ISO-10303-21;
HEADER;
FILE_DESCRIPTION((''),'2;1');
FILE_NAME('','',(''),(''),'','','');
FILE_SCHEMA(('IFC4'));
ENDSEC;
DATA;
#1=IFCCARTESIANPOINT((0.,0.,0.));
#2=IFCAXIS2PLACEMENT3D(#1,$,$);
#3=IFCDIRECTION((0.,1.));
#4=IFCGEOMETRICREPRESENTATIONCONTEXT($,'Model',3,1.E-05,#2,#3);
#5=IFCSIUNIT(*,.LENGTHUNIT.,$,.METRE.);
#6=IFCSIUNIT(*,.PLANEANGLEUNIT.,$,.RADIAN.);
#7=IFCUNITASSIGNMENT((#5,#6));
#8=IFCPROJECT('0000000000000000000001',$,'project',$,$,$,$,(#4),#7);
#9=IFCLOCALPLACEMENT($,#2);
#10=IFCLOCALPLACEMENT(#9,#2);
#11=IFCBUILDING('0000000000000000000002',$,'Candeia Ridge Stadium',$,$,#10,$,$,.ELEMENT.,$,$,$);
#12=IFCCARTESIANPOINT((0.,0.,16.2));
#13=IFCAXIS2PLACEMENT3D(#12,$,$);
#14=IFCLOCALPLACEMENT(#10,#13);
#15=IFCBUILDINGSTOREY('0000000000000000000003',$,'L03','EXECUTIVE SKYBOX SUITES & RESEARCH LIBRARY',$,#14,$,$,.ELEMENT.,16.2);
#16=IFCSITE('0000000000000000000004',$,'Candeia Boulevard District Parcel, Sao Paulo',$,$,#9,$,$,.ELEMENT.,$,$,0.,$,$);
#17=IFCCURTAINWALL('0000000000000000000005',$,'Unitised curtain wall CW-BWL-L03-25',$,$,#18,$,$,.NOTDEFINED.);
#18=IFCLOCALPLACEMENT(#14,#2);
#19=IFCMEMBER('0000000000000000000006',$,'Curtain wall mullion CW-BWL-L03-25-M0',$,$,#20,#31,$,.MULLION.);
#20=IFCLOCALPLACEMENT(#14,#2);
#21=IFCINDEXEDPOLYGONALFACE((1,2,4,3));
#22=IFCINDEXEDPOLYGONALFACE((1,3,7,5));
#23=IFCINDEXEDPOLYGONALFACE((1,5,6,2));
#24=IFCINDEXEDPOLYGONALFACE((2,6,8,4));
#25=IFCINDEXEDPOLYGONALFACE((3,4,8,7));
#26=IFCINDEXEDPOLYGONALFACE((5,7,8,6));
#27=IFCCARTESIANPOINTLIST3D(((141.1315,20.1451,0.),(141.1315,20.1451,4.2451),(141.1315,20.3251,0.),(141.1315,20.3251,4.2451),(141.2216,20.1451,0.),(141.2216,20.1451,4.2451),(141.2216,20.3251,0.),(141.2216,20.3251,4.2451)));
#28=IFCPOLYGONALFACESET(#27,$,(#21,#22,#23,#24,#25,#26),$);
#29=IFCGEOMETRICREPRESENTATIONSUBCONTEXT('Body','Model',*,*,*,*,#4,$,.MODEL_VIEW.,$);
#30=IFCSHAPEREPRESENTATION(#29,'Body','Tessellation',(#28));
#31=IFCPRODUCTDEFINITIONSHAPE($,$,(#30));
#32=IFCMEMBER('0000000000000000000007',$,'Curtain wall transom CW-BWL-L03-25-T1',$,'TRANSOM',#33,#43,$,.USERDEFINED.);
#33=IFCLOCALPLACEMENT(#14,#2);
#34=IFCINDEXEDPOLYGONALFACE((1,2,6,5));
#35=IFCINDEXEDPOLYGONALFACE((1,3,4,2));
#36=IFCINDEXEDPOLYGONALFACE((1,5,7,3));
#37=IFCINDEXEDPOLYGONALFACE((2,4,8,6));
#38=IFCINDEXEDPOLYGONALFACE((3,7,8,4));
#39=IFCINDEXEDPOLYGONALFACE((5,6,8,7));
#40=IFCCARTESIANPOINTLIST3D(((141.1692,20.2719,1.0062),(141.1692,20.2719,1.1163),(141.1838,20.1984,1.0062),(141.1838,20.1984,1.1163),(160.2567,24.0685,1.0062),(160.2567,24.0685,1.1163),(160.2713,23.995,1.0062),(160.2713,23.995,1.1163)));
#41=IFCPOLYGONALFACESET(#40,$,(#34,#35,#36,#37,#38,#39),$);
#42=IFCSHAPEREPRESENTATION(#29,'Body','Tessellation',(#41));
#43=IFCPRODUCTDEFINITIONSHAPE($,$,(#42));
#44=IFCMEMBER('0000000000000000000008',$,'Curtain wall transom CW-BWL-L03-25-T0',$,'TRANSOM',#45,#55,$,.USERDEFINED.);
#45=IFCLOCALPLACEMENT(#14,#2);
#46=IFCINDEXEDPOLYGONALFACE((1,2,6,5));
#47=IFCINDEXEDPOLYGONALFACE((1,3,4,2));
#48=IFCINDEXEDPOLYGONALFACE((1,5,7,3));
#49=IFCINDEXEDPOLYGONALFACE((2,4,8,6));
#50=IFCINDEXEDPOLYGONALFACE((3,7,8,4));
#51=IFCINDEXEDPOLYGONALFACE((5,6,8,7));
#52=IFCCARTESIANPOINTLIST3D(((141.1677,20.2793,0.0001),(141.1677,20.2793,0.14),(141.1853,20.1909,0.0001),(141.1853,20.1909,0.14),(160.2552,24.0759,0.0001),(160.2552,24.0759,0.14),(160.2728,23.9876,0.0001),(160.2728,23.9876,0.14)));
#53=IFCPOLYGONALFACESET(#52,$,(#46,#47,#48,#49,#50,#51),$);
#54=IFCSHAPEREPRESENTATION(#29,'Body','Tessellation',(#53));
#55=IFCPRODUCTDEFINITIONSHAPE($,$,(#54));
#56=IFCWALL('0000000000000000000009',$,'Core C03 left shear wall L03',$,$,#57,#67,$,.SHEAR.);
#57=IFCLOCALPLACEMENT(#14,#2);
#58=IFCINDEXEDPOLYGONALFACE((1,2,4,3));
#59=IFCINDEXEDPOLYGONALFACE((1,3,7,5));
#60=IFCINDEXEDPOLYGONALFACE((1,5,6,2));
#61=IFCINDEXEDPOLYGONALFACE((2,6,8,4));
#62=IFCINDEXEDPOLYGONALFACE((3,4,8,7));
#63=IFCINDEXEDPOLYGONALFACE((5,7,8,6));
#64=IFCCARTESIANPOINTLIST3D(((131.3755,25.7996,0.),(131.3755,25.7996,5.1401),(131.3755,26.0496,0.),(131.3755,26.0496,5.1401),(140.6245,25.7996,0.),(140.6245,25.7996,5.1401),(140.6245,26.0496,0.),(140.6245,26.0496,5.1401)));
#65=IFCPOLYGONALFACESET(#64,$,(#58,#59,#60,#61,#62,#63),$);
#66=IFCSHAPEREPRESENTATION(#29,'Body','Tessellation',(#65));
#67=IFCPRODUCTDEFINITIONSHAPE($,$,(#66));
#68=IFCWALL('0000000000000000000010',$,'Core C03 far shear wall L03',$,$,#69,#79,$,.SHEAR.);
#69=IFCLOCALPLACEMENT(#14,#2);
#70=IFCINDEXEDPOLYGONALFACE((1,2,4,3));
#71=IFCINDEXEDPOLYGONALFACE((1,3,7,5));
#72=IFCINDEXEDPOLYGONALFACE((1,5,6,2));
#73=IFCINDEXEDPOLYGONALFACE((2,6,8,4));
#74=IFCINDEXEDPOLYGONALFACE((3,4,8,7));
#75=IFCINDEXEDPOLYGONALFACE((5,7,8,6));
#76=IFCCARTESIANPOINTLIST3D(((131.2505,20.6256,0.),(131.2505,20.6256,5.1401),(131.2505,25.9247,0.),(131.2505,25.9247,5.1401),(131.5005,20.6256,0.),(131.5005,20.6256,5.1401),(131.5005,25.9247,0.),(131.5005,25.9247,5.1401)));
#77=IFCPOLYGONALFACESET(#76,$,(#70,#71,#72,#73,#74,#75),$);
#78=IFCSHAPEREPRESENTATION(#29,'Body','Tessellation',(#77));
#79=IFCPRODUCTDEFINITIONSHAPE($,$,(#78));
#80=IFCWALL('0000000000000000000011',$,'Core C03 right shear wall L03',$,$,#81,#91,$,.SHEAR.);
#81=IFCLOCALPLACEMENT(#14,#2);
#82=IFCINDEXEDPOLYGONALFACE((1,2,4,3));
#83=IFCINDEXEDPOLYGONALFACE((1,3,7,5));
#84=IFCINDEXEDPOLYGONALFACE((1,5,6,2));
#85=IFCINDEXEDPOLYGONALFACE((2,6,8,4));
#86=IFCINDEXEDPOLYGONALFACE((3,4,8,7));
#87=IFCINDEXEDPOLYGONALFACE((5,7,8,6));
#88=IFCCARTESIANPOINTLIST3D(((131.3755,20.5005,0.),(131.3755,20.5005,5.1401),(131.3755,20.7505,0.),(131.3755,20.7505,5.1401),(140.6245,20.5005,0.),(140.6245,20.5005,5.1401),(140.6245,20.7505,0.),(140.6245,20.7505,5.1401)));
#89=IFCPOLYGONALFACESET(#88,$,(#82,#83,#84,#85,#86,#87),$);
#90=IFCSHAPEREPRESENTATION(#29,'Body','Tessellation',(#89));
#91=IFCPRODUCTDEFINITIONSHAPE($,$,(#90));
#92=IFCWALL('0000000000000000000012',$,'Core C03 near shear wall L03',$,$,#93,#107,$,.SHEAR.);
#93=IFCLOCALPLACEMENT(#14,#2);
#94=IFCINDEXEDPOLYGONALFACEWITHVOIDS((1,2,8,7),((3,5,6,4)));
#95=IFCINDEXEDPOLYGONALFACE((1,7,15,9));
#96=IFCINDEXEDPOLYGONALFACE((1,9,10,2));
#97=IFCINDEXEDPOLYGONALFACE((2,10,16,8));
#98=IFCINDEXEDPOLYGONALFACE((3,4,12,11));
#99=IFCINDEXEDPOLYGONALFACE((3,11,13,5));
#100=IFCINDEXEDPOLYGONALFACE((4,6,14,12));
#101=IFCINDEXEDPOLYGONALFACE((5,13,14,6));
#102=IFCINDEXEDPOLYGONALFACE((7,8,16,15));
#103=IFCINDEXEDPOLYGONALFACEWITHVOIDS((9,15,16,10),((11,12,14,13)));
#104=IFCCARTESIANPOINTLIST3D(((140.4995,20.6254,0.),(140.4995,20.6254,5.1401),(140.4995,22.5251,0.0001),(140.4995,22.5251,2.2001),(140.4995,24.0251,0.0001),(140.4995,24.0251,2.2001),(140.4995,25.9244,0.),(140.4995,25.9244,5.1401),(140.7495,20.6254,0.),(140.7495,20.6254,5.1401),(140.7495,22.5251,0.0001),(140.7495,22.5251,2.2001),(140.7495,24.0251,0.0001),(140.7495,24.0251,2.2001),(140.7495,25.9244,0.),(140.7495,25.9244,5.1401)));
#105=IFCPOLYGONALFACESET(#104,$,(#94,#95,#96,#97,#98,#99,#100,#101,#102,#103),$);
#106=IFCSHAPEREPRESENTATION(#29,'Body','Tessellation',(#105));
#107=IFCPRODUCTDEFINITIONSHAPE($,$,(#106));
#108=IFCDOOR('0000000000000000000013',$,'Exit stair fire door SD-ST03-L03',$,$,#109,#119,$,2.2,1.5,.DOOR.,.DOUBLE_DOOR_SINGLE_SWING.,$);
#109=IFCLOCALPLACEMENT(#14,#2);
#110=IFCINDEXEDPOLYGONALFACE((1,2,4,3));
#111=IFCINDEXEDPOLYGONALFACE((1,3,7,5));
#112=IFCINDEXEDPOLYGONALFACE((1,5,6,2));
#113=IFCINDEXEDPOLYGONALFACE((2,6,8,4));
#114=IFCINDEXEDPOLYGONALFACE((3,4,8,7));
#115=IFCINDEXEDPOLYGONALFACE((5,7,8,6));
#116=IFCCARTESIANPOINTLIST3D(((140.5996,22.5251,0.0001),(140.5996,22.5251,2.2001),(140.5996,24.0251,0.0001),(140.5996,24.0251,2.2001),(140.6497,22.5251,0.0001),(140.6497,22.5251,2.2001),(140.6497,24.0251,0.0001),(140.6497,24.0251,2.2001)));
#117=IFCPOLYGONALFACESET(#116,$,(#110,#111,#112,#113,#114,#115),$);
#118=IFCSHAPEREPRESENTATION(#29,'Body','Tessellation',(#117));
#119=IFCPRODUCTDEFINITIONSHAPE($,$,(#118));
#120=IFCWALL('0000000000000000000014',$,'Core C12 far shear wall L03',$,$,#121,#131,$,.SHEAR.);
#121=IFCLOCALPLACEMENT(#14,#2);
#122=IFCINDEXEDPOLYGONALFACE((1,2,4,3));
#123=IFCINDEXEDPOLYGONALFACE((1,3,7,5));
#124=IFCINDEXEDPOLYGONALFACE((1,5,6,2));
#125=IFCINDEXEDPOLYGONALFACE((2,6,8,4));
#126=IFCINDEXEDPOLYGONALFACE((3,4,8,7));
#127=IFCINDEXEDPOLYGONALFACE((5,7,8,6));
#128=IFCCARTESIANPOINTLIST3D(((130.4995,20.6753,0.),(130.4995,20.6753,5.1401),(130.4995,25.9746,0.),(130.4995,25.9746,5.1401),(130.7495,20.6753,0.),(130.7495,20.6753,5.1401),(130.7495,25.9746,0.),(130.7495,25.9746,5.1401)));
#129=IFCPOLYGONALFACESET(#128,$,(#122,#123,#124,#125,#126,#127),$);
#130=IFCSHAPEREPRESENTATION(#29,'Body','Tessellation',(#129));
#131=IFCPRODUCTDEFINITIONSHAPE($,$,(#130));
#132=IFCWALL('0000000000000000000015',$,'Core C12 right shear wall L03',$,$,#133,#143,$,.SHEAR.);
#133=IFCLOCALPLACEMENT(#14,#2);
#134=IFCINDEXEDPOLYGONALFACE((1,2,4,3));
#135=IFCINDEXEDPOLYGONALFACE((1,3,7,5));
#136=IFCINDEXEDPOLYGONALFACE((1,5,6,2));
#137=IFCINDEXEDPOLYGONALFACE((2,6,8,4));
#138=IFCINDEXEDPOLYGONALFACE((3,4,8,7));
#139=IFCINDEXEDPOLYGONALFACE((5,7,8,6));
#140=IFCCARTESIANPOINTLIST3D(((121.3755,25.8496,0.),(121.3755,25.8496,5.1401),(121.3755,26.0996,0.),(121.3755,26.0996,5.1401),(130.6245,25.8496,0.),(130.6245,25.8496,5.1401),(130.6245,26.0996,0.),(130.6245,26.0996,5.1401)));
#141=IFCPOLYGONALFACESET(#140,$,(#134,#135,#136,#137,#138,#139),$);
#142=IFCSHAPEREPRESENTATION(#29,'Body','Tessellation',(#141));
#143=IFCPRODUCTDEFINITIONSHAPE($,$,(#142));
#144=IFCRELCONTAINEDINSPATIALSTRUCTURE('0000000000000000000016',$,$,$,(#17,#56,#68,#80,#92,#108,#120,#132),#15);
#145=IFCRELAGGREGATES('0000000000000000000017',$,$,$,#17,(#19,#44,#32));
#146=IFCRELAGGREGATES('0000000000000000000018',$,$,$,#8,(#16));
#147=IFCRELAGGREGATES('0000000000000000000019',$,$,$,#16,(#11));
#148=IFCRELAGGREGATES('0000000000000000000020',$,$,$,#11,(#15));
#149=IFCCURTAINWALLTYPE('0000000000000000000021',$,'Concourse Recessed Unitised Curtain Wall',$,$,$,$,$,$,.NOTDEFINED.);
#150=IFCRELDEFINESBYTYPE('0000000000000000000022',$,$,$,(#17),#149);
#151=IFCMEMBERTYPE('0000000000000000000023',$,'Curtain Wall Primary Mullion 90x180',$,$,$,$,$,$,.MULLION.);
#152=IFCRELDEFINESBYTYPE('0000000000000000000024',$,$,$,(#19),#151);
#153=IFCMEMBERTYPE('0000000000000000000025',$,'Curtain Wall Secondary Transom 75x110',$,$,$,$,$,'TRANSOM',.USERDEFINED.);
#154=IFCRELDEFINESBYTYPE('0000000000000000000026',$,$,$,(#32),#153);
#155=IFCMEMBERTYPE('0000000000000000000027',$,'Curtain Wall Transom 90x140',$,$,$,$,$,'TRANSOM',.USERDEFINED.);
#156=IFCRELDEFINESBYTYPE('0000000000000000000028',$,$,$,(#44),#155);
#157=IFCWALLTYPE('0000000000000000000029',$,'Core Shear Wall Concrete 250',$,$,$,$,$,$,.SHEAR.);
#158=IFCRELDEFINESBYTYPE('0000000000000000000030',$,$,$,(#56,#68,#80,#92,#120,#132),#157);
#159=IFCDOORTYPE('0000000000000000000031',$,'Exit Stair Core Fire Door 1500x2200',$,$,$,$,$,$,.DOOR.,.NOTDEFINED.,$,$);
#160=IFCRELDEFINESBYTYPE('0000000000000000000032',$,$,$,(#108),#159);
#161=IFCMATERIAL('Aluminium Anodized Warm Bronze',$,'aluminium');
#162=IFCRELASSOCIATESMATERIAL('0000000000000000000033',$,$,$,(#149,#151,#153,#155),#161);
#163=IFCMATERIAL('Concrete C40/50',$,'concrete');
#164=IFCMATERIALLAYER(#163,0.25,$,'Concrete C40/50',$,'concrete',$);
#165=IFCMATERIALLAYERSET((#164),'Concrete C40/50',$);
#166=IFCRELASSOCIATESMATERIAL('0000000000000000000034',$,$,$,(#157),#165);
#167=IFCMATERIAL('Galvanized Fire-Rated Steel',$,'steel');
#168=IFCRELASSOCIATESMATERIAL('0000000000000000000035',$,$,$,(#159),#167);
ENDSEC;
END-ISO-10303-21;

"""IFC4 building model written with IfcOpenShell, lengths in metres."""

from ifc_helpers import new_model, si_unit, direction, frame, frame_2d, origin, origin_2d, place, context, subcontext, project, spatial, rectangle, extrude, material, layer, layer_set, material_profile, profile_set, type_object, element, fill, aggregate, save


model = new_model("IFC4")

# Units and contexts
model_context = context("Model", 3, precision=1e-05, world=origin(), true_north=direction((0.0, 1.0)))
body_context = subcontext(model_context, "Body", "Model", "MODEL_VIEW")
ifc_project = project(units=[si_unit("LENGTHUNIT", "METRE"), si_unit("PLANEANGLEUNIT", "RADIAN")], contexts=[model_context])

# Site, building, storey
site_placement = place(None, origin())
site = spatial("IfcSite", under=ifc_project, at=site_placement, Name="Candeia Boulevard District Parcel, Sao Paulo", CompositionType="ELEMENT", RefElevation=0.0)
building_placement = place(site_placement, origin())
building = spatial("IfcBuilding", under=site, at=building_placement, Name="Candeia Ridge Stadium", CompositionType="ELEMENT")
storey_placement = place(building_placement, frame((0.0, 0.0, 16.2)))
storey = spatial("IfcBuildingStorey", under=building, at=storey_placement, Name="L03", Description="EXECUTIVE SKYBOX SUITES & RESEARCH LIBRARY", CompositionType="ELEMENT", Elevation=16.2)

# Curtain wall, members
ifc_material_1 = material(Name="Aluminium Anodized Warm Bronze", Category="aluminium")
curtain_wall_type = type_object("IfcCurtainWallType", Name="Concourse Recessed Unitised Curtain Wall", PredefinedType="NOTDEFINED", material=ifc_material_1)
curtain_wall_placement = place(storey_placement, origin())
curtain_wall = element("IfcCurtainWall", 1, at=curtain_wall_placement, inside=storey, type_object=curtain_wall_type, Name="Unitised curtain wall CW-BWL-L03-25", PredefinedType="NOTDEFINED")
ifc_material_profile_1 = material_profile(ifc_material_1, rectangle(XDim=0.0901, YDim=0.1799, at=origin_2d()), Name="CWM-90x180", Category="aluminium")
ifc_profile_set_1 = profile_set([ifc_material_profile_1], Name="Aluminium Anodized Warm Bronze")
member_type_1 = type_object("IfcMemberType", Name="Curtain Wall Primary Mullion 90x180", PredefinedType="MULLION", material=ifc_profile_set_1)
member_1_placement = place(storey_placement, frame((141.1765, 20.2351, 0.0), z_axis=(0.0, 0.0, 1.0), x_axis=(1.0, 0.0, 0.0)))
member_1 = element("IfcMember", 2, at=member_1_placement, type_object=member_type_1, Name="Curtain wall mullion CW-BWL-L03-25-M0", PredefinedType="MULLION", context=body_context, shape_type="SweptSolid", body=[
    extrude(rectangle(XDim=0.0901, YDim=0.1799, at=origin_2d()), origin(), (0.0, 0.0, 1.0), 4.2451),
])
ifc_material_profile_2 = material_profile(ifc_material_1, rectangle(XDim=0.075, YDim=0.1101, at=origin_2d()), Name="CWT-75x110", Category="aluminium")
ifc_profile_set_2 = profile_set([ifc_material_profile_2], Name="Aluminium Anodized Warm Bronze")
member_type_2 = type_object("IfcMemberType", Name="Curtain Wall Secondary Transom 75x110", ElementType="TRANSOM", PredefinedType="USERDEFINED", material=ifc_profile_set_2)
member_2_placement = place(storey_placement, frame((141.1765, 20.2351, 1.0613), z_axis=(0.980786, 0.195086, 0.0), x_axis=(-0.195086, 0.980786, 0.0)))
member_2 = element("IfcMember", 3, at=member_2_placement, type_object=member_type_2, Name="Curtain wall transom CW-BWL-L03-25-T1", ObjectType="TRANSOM", PredefinedType="USERDEFINED", context=body_context, shape_type="SweptSolid", body=[
    extrude(rectangle(XDim=0.075, YDim=0.1101, at=origin_2d()), origin(), (0.0, 0.0, 1.0), 19.4614),
])
ifc_material_profile_3 = material_profile(ifc_material_1, rectangle(XDim=0.0901, YDim=0.1399, at=origin_2d()), Name="CWT-90x140", Category="aluminium")
ifc_profile_set_3 = profile_set([ifc_material_profile_3], Name="Aluminium Anodized Warm Bronze")
member_type_3 = type_object("IfcMemberType", Name="Curtain Wall Transom 90x140", ElementType="TRANSOM", PredefinedType="USERDEFINED", material=ifc_profile_set_3)
member_3_placement = place(storey_placement, frame((141.1765, 20.2351, 0.0701), z_axis=(0.980786, 0.195086, 0.0), x_axis=(-0.195086, 0.980786, 0.0)))
member_3 = element("IfcMember", 4, at=member_3_placement, type_object=member_type_3, Name="Curtain wall transom CW-BWL-L03-25-T0", ObjectType="TRANSOM", PredefinedType="USERDEFINED", context=body_context, shape_type="SweptSolid", body=[
    extrude(rectangle(XDim=0.0901, YDim=0.1399, at=origin_2d()), origin(), (0.0, 0.0, 1.0), 19.4614),
])
aggregate(curtain_wall, [member_1, member_3, member_2])

# Walls
ifc_material_2 = material(Name="Concrete C40/50", Category="concrete")
ifc_layer_1 = layer(ifc_material_2, 0.25, Name="Concrete C40/50", Category="concrete")
ifc_layer_set_1 = layer_set([ifc_layer_1], Name="Concrete C40/50")
wall_type = type_object("IfcWallType", Name="Core Shear Wall Concrete 250", PredefinedType="SHEAR", material=ifc_layer_set_1)
wall_1_placement = place(storey_placement, frame((140.6245, 25.9246, 0.0), z_axis=(0.0, 0.0, 1.0), x_axis=(-1.0, 0.0, 0.0)))
element("IfcWall", 5, at=wall_1_placement, inside=storey, type_object=wall_type, Name="Core C03 left shear wall L03", PredefinedType="SHEAR", context=body_context, shape_type="SweptSolid", body=[
    extrude(rectangle(XDim=9.249, YDim=0.25, at=frame_2d((4.6245, 0.0))), origin(), (0.0, 0.0, 1.0), 5.1401),
])
wall_2_placement = place(storey_placement, frame((131.3755, 25.9246, 0.0), z_axis=(0.0, 0.0, 1.0), x_axis=(0.0, -1.0, 0.0)))
element("IfcWall", 6, at=wall_2_placement, inside=storey, type_object=wall_type, Name="Core C03 far shear wall L03", PredefinedType="SHEAR", context=body_context, shape_type="SweptSolid", body=[
    extrude(rectangle(XDim=5.2991, YDim=0.25, at=frame_2d((2.6494, 0.0))), origin(), (0.0, 0.0, 1.0), 5.1401),
])
wall_3_placement = place(storey_placement, frame((131.3755, 20.6255, 0.0), z_axis=(0.0, 0.0, 1.0), x_axis=(1.0, 0.0, 0.0)))
element("IfcWall", 7, at=wall_3_placement, inside=storey, type_object=wall_type, Name="Core C03 right shear wall L03", PredefinedType="SHEAR", context=body_context, shape_type="SweptSolid", body=[
    extrude(rectangle(XDim=9.249, YDim=0.25, at=frame_2d((4.6245, 0.0))), origin(), (0.0, 0.0, 1.0), 5.1401),
])

# Wall, opening, door
wall_4_placement = place(storey_placement, frame((140.6245, 20.6255, 0.0), z_axis=(0.0, 0.0, 1.0), x_axis=(0.0, 1.0, 0.0)))
wall_4 = element("IfcWall", 8, at=wall_4_placement, inside=storey, type_object=wall_type, Name="Core C03 near shear wall L03", PredefinedType="SHEAR", context=body_context, shape_type="SweptSolid", body=[
    extrude(rectangle(XDim=5.2991, YDim=0.25, at=frame_2d((2.6494, 0.0))), origin(), (0.0, 0.0, 1.0), 5.1401),
])
opening_placement = place(wall_4_placement, frame((1.8997, 0.0, 0.0)))
opening = element("IfcOpeningElement", 9, at=opening_placement, cuts=wall_4, PredefinedType="OPENING", context=body_context, shape_type="SweptSolid", body=[
    extrude(rectangle(XDim=1.5, YDim=2.2, at=frame_2d((0.75, 1.1001))), frame((0.0, 0.135, 0.0), z_axis=(0.0, -1.0, 0.0), x_axis=(1.0, 0.0, 0.0)), (0.0, 0.0, 1.0), 0.27),
])
ifc_material_3 = material(Name="Galvanized Fire-Rated Steel", Category="steel")
door_type = type_object("IfcDoorType", Name="Exit Stair Core Fire Door 1500x2200", OperationType="NOTDEFINED", PredefinedType="DOOR", material=ifc_material_3)
door_placement = place(opening_placement, origin())
door = element("IfcDoor", 10, at=door_placement, inside=storey, type_object=door_type, Name="Exit stair fire door SD-ST03-L03", OperationType="DOUBLE_DOOR_SINGLE_SWING", OverallHeight=2.2, OverallWidth=1.5, PredefinedType="DOOR", context=body_context, shape_type="SweptSolid", body=[
    extrude(rectangle(XDim=1.5, YDim=2.2, at=frame_2d((0.75, 1.1001))), frame((0.0, 0.0249, 0.0), z_axis=(0.0, -1.0, 0.0), x_axis=(1.0, 0.0, 0.0)), (0.0, 0.0, 1.0), 0.05),
])
fill(opening, door)

# Walls
wall_5_placement = place(storey_placement, frame((130.6245, 20.6753, 0.0), z_axis=(0.0, 0.0, 1.0), x_axis=(0.0, 1.0, 0.0)))
element("IfcWall", 11, at=wall_5_placement, inside=storey, type_object=wall_type, Name="Core C12 far shear wall L03", PredefinedType="SHEAR", context=body_context, shape_type="SweptSolid", body=[
    extrude(rectangle(XDim=5.2993, YDim=0.25, at=frame_2d((2.6497, 0.0))), origin(), (0.0, 0.0, 1.0), 5.1401),
])
wall_6_placement = place(storey_placement, frame((130.6245, 25.9746, 0.0), z_axis=(0.0, 0.0, 1.0), x_axis=(-1.0, 0.0, 0.0)))
element("IfcWall", 12, at=wall_6_placement, inside=storey, type_object=wall_type, Name="Core C12 right shear wall L03", PredefinedType="SHEAR", context=body_context, shape_type="SweptSolid", body=[
    extrude(rectangle(XDim=9.249, YDim=0.25, at=frame_2d((4.6245, 0.0))), origin(), (0.0, 0.0, 1.0), 5.1401),
])

save(model, "model.ifc")
